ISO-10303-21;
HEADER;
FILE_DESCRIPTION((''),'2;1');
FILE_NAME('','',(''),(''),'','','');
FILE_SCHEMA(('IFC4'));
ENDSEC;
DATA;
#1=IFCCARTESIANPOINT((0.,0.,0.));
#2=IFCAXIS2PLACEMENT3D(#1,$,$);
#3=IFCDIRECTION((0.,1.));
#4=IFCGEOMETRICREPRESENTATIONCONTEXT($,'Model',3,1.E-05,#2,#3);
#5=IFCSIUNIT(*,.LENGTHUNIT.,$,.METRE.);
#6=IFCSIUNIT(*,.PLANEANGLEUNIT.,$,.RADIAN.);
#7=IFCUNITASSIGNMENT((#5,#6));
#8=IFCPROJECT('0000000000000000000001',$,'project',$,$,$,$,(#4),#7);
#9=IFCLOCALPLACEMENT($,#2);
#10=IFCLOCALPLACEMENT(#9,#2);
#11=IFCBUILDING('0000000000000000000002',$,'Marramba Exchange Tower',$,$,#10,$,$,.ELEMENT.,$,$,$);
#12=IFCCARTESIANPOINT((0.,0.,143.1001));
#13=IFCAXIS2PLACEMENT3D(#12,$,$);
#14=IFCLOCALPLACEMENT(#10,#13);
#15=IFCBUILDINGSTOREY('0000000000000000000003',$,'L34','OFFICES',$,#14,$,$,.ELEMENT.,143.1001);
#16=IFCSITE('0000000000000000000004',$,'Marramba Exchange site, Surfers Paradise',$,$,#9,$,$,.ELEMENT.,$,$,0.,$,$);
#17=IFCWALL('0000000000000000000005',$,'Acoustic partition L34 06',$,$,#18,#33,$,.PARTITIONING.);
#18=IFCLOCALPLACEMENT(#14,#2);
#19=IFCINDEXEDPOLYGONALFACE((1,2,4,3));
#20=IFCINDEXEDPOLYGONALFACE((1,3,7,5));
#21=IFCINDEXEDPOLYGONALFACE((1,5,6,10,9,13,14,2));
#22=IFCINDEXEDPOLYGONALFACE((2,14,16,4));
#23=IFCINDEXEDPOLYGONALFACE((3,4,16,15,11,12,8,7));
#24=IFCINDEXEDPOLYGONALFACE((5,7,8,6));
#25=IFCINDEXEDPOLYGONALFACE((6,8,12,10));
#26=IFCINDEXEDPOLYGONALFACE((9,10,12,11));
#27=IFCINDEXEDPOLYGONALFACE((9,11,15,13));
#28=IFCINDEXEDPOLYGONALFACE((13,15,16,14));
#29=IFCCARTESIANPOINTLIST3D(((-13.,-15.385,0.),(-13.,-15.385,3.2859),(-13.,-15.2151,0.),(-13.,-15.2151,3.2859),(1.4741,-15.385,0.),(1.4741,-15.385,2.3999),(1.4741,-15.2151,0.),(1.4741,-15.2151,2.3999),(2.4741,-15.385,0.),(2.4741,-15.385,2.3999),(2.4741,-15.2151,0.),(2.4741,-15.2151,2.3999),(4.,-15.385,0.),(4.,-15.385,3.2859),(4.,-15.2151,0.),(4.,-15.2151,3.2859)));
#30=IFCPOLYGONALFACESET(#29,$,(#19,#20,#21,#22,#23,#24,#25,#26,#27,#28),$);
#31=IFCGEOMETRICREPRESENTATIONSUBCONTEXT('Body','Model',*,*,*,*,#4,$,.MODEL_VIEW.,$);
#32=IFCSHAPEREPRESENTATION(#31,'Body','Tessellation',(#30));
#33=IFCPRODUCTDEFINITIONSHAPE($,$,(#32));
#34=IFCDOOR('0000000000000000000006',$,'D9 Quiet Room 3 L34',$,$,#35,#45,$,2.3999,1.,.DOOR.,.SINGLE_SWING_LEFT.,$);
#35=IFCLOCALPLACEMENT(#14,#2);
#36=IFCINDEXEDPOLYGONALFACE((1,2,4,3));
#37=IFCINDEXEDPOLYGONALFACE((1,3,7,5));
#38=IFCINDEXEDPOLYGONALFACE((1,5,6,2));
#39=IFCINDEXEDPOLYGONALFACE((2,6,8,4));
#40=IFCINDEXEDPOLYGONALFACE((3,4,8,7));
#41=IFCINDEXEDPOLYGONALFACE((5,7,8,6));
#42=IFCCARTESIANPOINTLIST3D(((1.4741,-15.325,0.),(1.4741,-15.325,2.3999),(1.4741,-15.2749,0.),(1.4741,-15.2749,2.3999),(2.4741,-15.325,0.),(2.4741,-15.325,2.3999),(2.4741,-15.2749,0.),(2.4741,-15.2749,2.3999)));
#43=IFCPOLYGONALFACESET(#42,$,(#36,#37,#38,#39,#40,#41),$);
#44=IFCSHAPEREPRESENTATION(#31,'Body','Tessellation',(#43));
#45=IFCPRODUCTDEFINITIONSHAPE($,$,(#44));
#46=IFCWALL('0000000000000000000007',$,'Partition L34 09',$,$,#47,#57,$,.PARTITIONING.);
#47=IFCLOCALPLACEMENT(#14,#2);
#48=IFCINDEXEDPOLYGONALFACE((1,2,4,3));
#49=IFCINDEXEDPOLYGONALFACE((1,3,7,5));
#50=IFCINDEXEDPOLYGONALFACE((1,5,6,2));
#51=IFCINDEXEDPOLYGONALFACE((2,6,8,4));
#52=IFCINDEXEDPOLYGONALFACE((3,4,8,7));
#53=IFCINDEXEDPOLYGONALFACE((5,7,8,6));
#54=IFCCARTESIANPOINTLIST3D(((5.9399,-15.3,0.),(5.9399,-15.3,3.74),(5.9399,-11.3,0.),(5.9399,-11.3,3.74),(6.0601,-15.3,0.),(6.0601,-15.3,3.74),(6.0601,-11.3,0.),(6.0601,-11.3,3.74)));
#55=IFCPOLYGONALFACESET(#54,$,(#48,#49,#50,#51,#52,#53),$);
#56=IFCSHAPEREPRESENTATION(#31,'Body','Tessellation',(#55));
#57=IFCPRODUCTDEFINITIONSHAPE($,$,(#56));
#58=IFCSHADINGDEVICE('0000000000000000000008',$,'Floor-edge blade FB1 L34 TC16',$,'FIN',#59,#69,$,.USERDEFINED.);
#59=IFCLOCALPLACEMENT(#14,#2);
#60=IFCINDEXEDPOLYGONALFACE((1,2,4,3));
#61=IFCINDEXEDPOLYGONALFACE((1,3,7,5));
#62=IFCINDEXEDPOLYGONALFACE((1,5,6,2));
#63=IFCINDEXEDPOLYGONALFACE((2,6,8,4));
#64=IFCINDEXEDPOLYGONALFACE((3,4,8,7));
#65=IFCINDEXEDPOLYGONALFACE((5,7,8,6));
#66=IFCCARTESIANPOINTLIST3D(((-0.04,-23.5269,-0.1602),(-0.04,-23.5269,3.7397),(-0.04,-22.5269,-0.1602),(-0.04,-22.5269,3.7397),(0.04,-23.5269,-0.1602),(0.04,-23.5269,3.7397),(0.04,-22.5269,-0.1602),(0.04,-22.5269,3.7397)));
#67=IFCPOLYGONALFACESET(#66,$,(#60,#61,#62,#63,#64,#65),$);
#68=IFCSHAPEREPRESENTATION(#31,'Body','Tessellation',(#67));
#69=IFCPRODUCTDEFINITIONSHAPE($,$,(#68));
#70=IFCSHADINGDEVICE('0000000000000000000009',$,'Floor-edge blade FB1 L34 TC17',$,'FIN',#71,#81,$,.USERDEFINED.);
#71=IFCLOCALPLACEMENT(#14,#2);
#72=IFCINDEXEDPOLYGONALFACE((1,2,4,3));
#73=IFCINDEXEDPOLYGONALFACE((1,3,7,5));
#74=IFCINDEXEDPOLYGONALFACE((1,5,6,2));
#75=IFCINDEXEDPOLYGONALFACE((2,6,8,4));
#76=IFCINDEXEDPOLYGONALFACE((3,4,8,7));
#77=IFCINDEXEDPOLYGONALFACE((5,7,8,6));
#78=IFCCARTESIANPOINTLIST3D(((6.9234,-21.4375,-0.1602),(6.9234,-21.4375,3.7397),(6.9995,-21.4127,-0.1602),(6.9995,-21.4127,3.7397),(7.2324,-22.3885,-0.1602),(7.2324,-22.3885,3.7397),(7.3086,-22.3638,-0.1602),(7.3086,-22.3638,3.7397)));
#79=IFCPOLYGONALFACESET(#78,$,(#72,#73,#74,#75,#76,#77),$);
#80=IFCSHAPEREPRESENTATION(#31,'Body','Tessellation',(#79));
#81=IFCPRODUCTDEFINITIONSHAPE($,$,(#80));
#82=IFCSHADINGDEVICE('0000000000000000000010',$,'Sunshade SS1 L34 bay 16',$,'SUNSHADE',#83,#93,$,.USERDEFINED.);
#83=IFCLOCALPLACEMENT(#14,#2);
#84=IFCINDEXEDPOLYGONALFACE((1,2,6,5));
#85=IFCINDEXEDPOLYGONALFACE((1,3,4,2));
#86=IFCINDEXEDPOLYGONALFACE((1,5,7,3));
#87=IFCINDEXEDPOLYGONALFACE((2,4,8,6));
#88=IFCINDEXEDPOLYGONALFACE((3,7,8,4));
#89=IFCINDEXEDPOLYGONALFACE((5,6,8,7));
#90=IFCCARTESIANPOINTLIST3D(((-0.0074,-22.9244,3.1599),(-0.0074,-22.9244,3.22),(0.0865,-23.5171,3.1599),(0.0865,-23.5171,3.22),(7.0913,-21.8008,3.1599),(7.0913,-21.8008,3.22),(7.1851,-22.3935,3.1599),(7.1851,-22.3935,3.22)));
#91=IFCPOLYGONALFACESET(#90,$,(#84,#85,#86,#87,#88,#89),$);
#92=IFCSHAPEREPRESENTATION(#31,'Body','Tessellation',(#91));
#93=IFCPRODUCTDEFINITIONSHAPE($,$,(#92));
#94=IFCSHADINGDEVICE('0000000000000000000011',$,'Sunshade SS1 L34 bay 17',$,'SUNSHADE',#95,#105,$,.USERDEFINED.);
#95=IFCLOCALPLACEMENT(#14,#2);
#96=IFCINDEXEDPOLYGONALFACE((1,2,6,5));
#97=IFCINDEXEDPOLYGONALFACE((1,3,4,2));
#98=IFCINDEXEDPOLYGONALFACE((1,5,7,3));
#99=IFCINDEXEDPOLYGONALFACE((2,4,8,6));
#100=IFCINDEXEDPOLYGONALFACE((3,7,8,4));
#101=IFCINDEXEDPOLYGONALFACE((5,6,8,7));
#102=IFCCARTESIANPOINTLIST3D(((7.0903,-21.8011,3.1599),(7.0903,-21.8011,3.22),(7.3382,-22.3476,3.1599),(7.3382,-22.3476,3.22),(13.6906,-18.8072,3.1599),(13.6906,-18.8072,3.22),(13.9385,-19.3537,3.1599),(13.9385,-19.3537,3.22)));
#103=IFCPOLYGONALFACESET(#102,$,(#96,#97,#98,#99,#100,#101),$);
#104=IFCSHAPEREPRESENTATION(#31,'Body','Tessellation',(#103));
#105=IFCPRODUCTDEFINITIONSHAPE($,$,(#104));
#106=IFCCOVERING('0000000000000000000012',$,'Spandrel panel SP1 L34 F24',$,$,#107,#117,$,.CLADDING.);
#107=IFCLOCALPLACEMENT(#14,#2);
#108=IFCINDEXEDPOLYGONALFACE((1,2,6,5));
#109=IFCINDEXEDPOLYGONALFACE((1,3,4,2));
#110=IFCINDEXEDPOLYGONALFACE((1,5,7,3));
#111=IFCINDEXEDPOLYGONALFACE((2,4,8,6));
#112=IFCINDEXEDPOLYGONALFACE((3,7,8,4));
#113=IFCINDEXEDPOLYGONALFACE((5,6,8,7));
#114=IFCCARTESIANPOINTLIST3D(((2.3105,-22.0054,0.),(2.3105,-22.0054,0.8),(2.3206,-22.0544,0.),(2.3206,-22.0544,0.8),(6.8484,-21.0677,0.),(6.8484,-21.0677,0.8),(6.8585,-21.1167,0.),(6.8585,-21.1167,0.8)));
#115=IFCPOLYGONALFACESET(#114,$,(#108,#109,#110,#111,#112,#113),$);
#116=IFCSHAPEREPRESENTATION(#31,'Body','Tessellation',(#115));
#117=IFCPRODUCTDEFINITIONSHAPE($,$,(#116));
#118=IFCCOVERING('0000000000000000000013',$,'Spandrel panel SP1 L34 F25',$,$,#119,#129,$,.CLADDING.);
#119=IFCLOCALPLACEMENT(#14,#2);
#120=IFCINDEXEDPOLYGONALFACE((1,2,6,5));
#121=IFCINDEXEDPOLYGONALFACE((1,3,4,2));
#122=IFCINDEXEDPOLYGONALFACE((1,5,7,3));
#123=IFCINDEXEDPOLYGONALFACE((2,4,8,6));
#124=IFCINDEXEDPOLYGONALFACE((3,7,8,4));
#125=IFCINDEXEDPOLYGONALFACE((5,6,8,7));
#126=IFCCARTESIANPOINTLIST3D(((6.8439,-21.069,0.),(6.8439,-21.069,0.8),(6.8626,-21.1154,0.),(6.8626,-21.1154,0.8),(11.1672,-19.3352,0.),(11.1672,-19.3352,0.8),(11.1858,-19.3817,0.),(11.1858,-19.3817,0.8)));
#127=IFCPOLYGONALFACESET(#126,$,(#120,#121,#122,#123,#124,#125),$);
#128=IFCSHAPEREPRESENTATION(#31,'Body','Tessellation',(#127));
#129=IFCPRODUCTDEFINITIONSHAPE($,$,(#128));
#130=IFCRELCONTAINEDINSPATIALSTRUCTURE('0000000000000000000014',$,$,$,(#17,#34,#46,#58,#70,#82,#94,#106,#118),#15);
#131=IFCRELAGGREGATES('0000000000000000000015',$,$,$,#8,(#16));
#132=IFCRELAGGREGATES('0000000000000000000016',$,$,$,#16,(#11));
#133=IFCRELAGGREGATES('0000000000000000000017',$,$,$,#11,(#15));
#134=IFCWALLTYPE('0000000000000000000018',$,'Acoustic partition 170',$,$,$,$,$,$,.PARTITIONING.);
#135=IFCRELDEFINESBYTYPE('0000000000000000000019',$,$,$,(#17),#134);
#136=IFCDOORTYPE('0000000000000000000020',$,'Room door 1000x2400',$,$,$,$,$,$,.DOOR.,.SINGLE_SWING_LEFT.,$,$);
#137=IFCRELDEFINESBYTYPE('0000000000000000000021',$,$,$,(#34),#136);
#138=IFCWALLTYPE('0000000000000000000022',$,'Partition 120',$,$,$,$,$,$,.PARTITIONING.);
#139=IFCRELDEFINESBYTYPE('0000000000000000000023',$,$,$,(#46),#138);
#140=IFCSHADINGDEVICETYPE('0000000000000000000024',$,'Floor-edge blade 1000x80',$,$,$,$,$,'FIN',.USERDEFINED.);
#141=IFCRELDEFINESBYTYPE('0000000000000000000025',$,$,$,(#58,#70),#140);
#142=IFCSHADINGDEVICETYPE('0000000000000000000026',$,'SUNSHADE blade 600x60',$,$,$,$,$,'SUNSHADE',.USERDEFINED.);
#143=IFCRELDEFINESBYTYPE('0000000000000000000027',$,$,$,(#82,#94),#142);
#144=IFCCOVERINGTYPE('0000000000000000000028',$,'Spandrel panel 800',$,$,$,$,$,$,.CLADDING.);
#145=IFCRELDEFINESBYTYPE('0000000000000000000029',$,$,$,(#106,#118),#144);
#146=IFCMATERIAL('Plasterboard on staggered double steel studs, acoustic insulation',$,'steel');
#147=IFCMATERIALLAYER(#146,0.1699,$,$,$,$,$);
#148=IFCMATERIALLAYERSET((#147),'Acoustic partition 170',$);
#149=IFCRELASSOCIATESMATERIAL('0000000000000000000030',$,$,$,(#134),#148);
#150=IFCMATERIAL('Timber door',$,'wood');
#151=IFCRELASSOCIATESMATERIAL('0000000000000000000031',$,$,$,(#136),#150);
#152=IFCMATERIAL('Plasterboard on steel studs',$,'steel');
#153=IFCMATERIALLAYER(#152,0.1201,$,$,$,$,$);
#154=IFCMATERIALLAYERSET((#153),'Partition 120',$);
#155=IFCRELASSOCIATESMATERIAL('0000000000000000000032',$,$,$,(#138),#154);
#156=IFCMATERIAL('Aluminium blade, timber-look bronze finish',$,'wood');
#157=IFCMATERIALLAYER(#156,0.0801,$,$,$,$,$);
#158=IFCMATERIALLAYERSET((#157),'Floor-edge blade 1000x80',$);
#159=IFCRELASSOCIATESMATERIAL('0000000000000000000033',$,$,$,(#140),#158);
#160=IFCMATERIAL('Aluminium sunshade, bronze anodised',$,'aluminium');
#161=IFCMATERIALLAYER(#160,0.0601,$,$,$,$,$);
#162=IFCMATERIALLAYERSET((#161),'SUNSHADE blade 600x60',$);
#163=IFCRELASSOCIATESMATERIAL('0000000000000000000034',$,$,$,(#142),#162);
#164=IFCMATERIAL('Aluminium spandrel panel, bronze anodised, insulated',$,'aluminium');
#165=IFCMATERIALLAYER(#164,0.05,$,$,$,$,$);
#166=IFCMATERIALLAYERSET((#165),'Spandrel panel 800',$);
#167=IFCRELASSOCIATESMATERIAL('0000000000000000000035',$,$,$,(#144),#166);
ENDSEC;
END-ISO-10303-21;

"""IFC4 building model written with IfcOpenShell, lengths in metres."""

from ifc_helpers import new_model, si_unit, direction, frame, frame_2d, origin, origin_2d, place, context, subcontext, project, spatial, rectangle, extrude, material, layer, layer_set, type_object, element, fill, save


model = new_model("IFC4")

# Units and contexts
model_context = context("Model", 3, precision=1e-05, world=origin(), true_north=direction((0.0, 1.0)))
body_context = subcontext(model_context, "Body", "Model", "MODEL_VIEW")
ifc_project = project(units=[si_unit("LENGTHUNIT", "METRE"), si_unit("PLANEANGLEUNIT", "RADIAN")], contexts=[model_context])

# Site, building, storey
site_placement = place(None, origin())
site = spatial("IfcSite", under=ifc_project, at=site_placement, Name="Marramba Exchange site, Surfers Paradise", CompositionType="ELEMENT", RefElevation=0.0)
building_placement = place(site_placement, origin())
building = spatial("IfcBuilding", under=site, at=building_placement, Name="Marramba Exchange Tower", CompositionType="ELEMENT")
storey_placement = place(building_placement, frame((0.0, 0.0, 143.1001)))
storey = spatial("IfcBuildingStorey", under=building, at=storey_placement, Name="L34", Description="OFFICES", CompositionType="ELEMENT", Elevation=143.1001)

# Wall, opening, door
ifc_material_1 = material(Name="Plasterboard on staggered double steel studs, acoustic insulation", Category="steel")
ifc_layer_1 = layer(ifc_material_1, 0.1699)
ifc_layer_set_1 = layer_set([ifc_layer_1], Name="Acoustic partition 170")
wall_type_1 = type_object("IfcWallType", Name="Acoustic partition 170", PredefinedType="PARTITIONING", material=ifc_layer_set_1)
wall_1_placement = place(storey_placement, frame((4.0, -15.3, 0.0), z_axis=(0.0, 0.0, 1.0), x_axis=(-1.0, 0.0, 0.0)))
wall_1 = element("IfcWall", 1, at=wall_1_placement, inside=storey, type_object=wall_type_1, Name="Acoustic partition L34 06", PredefinedType="PARTITIONING", context=body_context, shape_type="SweptSolid", body=[
    extrude(rectangle(XDim=17.0, YDim=0.1699, at=frame_2d((8.5, 0.0))), origin(), (0.0, 0.0, 1.0), 3.2859),
])
opening_placement = place(wall_1_placement, frame((1.5259, 0.0, 0.0)))
opening = element("IfcOpeningElement", 2, at=opening_placement, cuts=wall_1, PredefinedType="OPENING", context=body_context, shape_type="SweptSolid", body=[
    extrude(rectangle(XDim=1.0, YDim=2.3999, at=frame_2d((0.5, 1.2))), frame((0.0, 0.095, 0.0), z_axis=(0.0, -1.0, 0.0), x_axis=(1.0, 0.0, 0.0)), (0.0, 0.0, 1.0), 0.1899),
])
ifc_material_2 = material(Name="Timber door", Category="wood")
door_type = type_object("IfcDoorType", Name="Room door 1000x2400", OperationType="SINGLE_SWING_LEFT", PredefinedType="DOOR", material=ifc_material_2)
door_placement = place(opening_placement, frame((1.0, 0.0, 0.0), z_axis=(0.0, 0.0, 1.0), x_axis=(-1.0, 0.0, 0.0)))
door = element("IfcDoor", 3, at=door_placement, inside=storey, type_object=door_type, Name="D9 Quiet Room 3 L34", OperationType="SINGLE_SWING_LEFT", OverallHeight=2.3999, OverallWidth=1.0, PredefinedType="DOOR", context=body_context, shape_type="SweptSolid", body=[
    extrude(rectangle(XDim=1.0, YDim=2.3999, at=frame_2d((0.5, 1.2))), frame((0.0, 0.0251, 0.0), z_axis=(0.0, -1.0, 0.0), x_axis=(1.0, 0.0, 0.0)), (0.0, 0.0, 1.0), 0.05),
])
fill(opening, door)

# Wall
ifc_material_3 = material(Name="Plasterboard on steel studs", Category="steel")
ifc_layer_2 = layer(ifc_material_3, 0.1201)
ifc_layer_set_2 = layer_set([ifc_layer_2], Name="Partition 120")
wall_type_2 = type_object("IfcWallType", Name="Partition 120", PredefinedType="PARTITIONING", material=ifc_layer_set_2)
wall_2_placement = place(storey_placement, frame((6.0, -15.3, 0.0), z_axis=(0.0, 0.0, 1.0), x_axis=(0.0, 1.0, 0.0)))
element("IfcWall", 4, at=wall_2_placement, inside=storey, type_object=wall_type_2, Name="Partition L34 09", PredefinedType="PARTITIONING", context=body_context, shape_type="SweptSolid", body=[
    extrude(rectangle(XDim=4.0, YDim=0.1201, at=frame_2d((2.0, 0.0))), origin(), (0.0, 0.0, 1.0), 3.74),
])

# Shading devices
ifc_material_4 = material(Name="Aluminium blade, timber-look bronze finish", Category="wood")
ifc_layer_3 = layer(ifc_material_4, 0.0801)
ifc_layer_set_3 = layer_set([ifc_layer_3], Name="Floor-edge blade 1000x80")
shading_device_type_1 = type_object("IfcShadingDeviceType", Name="Floor-edge blade 1000x80", ElementType="FIN", PredefinedType="USERDEFINED", material=ifc_layer_set_3)
for number, where, z_axis, x_axis, name in (
    (5, (0.0, -23.0269, -0.1602), (0.0, 0.0, 1.0), (0.0, -1.0, 0.0), "Floor-edge blade FB1 L34 TC16"),
    (6, (7.116, -21.9006, -0.1602), (0.0, 0.0, 1.0), (0.309017, -0.951057, 0.0), "Floor-edge blade FB1 L34 TC17"),
):
    element("IfcShadingDevice", number, at=place(storey_placement, frame(where, z_axis=z_axis, x_axis=x_axis)), inside=storey, type_object=shading_device_type_1, Name=name, ObjectType="FIN", PredefinedType="USERDEFINED", context=body_context, shape_type="SweptSolid", body=[
        extrude(rectangle(XDim=1.0, YDim=0.0801, at=origin_2d()), origin(), (0.0, 0.0, 1.0), 3.8999),
    ])
ifc_material_5 = material(Name="Aluminium sunshade, bronze anodised", Category="aluminium")
ifc_layer_4 = layer(ifc_material_5, 0.0601)
ifc_layer_set_4 = layer_set([ifc_layer_4], Name="SUNSHADE blade 600x60")
shading_device_type_2 = type_object("IfcShadingDeviceType", Name="SUNSHADE blade 600x60", ElementType="SUNSHADE", PredefinedType="USERDEFINED", material=ifc_layer_set_4)
shading_device_1_placement = place(storey_placement, frame((3.5889, -22.6589, 3.1599), z_axis=(0.0, 0.0, 1.0), x_axis=(0.987705, 0.15633, 0.0)))
element("IfcShadingDevice", 7, at=shading_device_1_placement, inside=storey, type_object=shading_device_type_2, Name="Sunshade SS1 L34 bay 16", ObjectType="SUNSHADE", PredefinedType="USERDEFINED", context=body_context, shape_type="SweptSolid", body=[
    extrude(rectangle(XDim=7.187, YDim=0.6001, at=origin_2d()), origin(), (0.0, 0.0, 1.0), 0.0601),
])
shading_device_2_placement = place(storey_placement, frame((10.5144, -20.5774, 3.1599), z_axis=(0.0, 0.0, 1.0), x_axis=(0.910692, 0.413086, 0.0)))
element("IfcShadingDevice", 8, at=shading_device_2_placement, inside=storey, type_object=shading_device_type_2, Name="Sunshade SS1 L34 bay 17", ObjectType="SUNSHADE", PredefinedType="USERDEFINED", context=body_context, shape_type="SweptSolid", body=[
    extrude(rectangle(XDim=7.2476, YDim=0.6001, at=origin_2d()), origin(), (0.0, 0.0, 1.0), 0.0601),
])

# Coverings
ifc_material_6 = material(Name="Aluminium spandrel panel, bronze anodised, insulated", Category="aluminium")
ifc_layer_5 = layer(ifc_material_6, 0.05)
ifc_layer_set_5 = layer_set([ifc_layer_5], Name="Spandrel panel 800")
covering_type = type_object("IfcCoveringType", Name="Spandrel panel 800", PredefinedType="CLADDING", material=ifc_layer_set_5)
covering_1_placement = place(storey_placement, frame((4.5845, -21.561, 0.0), z_axis=(0.0, 0.0, 1.0), x_axis=(0.97931, 0.202365, 0.0)))
element("IfcCovering", 9, at=covering_1_placement, inside=storey, type_object=covering_type, Name="Spandrel panel SP1 L34 F24", PredefinedType="CLADDING", context=body_context, shape_type="SweptSolid", body=[
    extrude(rectangle(XDim=4.6338, YDim=0.05, at=origin_2d()), origin(), (0.0, 0.0, 1.0), 0.8),
])
covering_2_placement = place(storey_placement, frame((9.0149, -20.2253, 0.0), z_axis=(0.0, 0.0, 1.0), x_axis=(0.928149, 0.372209, 0.0)))
element("IfcCovering", 10, at=covering_2_placement, inside=storey, type_object=covering_type, Name="Spandrel panel SP1 L34 F25", PredefinedType="CLADDING", context=body_context, shape_type="SweptSolid", body=[
    extrude(rectangle(XDim=4.658, YDim=0.05, at=origin_2d()), origin(), (0.0, 0.0, 1.0), 0.8),
])

save(model, "model.ifc")
